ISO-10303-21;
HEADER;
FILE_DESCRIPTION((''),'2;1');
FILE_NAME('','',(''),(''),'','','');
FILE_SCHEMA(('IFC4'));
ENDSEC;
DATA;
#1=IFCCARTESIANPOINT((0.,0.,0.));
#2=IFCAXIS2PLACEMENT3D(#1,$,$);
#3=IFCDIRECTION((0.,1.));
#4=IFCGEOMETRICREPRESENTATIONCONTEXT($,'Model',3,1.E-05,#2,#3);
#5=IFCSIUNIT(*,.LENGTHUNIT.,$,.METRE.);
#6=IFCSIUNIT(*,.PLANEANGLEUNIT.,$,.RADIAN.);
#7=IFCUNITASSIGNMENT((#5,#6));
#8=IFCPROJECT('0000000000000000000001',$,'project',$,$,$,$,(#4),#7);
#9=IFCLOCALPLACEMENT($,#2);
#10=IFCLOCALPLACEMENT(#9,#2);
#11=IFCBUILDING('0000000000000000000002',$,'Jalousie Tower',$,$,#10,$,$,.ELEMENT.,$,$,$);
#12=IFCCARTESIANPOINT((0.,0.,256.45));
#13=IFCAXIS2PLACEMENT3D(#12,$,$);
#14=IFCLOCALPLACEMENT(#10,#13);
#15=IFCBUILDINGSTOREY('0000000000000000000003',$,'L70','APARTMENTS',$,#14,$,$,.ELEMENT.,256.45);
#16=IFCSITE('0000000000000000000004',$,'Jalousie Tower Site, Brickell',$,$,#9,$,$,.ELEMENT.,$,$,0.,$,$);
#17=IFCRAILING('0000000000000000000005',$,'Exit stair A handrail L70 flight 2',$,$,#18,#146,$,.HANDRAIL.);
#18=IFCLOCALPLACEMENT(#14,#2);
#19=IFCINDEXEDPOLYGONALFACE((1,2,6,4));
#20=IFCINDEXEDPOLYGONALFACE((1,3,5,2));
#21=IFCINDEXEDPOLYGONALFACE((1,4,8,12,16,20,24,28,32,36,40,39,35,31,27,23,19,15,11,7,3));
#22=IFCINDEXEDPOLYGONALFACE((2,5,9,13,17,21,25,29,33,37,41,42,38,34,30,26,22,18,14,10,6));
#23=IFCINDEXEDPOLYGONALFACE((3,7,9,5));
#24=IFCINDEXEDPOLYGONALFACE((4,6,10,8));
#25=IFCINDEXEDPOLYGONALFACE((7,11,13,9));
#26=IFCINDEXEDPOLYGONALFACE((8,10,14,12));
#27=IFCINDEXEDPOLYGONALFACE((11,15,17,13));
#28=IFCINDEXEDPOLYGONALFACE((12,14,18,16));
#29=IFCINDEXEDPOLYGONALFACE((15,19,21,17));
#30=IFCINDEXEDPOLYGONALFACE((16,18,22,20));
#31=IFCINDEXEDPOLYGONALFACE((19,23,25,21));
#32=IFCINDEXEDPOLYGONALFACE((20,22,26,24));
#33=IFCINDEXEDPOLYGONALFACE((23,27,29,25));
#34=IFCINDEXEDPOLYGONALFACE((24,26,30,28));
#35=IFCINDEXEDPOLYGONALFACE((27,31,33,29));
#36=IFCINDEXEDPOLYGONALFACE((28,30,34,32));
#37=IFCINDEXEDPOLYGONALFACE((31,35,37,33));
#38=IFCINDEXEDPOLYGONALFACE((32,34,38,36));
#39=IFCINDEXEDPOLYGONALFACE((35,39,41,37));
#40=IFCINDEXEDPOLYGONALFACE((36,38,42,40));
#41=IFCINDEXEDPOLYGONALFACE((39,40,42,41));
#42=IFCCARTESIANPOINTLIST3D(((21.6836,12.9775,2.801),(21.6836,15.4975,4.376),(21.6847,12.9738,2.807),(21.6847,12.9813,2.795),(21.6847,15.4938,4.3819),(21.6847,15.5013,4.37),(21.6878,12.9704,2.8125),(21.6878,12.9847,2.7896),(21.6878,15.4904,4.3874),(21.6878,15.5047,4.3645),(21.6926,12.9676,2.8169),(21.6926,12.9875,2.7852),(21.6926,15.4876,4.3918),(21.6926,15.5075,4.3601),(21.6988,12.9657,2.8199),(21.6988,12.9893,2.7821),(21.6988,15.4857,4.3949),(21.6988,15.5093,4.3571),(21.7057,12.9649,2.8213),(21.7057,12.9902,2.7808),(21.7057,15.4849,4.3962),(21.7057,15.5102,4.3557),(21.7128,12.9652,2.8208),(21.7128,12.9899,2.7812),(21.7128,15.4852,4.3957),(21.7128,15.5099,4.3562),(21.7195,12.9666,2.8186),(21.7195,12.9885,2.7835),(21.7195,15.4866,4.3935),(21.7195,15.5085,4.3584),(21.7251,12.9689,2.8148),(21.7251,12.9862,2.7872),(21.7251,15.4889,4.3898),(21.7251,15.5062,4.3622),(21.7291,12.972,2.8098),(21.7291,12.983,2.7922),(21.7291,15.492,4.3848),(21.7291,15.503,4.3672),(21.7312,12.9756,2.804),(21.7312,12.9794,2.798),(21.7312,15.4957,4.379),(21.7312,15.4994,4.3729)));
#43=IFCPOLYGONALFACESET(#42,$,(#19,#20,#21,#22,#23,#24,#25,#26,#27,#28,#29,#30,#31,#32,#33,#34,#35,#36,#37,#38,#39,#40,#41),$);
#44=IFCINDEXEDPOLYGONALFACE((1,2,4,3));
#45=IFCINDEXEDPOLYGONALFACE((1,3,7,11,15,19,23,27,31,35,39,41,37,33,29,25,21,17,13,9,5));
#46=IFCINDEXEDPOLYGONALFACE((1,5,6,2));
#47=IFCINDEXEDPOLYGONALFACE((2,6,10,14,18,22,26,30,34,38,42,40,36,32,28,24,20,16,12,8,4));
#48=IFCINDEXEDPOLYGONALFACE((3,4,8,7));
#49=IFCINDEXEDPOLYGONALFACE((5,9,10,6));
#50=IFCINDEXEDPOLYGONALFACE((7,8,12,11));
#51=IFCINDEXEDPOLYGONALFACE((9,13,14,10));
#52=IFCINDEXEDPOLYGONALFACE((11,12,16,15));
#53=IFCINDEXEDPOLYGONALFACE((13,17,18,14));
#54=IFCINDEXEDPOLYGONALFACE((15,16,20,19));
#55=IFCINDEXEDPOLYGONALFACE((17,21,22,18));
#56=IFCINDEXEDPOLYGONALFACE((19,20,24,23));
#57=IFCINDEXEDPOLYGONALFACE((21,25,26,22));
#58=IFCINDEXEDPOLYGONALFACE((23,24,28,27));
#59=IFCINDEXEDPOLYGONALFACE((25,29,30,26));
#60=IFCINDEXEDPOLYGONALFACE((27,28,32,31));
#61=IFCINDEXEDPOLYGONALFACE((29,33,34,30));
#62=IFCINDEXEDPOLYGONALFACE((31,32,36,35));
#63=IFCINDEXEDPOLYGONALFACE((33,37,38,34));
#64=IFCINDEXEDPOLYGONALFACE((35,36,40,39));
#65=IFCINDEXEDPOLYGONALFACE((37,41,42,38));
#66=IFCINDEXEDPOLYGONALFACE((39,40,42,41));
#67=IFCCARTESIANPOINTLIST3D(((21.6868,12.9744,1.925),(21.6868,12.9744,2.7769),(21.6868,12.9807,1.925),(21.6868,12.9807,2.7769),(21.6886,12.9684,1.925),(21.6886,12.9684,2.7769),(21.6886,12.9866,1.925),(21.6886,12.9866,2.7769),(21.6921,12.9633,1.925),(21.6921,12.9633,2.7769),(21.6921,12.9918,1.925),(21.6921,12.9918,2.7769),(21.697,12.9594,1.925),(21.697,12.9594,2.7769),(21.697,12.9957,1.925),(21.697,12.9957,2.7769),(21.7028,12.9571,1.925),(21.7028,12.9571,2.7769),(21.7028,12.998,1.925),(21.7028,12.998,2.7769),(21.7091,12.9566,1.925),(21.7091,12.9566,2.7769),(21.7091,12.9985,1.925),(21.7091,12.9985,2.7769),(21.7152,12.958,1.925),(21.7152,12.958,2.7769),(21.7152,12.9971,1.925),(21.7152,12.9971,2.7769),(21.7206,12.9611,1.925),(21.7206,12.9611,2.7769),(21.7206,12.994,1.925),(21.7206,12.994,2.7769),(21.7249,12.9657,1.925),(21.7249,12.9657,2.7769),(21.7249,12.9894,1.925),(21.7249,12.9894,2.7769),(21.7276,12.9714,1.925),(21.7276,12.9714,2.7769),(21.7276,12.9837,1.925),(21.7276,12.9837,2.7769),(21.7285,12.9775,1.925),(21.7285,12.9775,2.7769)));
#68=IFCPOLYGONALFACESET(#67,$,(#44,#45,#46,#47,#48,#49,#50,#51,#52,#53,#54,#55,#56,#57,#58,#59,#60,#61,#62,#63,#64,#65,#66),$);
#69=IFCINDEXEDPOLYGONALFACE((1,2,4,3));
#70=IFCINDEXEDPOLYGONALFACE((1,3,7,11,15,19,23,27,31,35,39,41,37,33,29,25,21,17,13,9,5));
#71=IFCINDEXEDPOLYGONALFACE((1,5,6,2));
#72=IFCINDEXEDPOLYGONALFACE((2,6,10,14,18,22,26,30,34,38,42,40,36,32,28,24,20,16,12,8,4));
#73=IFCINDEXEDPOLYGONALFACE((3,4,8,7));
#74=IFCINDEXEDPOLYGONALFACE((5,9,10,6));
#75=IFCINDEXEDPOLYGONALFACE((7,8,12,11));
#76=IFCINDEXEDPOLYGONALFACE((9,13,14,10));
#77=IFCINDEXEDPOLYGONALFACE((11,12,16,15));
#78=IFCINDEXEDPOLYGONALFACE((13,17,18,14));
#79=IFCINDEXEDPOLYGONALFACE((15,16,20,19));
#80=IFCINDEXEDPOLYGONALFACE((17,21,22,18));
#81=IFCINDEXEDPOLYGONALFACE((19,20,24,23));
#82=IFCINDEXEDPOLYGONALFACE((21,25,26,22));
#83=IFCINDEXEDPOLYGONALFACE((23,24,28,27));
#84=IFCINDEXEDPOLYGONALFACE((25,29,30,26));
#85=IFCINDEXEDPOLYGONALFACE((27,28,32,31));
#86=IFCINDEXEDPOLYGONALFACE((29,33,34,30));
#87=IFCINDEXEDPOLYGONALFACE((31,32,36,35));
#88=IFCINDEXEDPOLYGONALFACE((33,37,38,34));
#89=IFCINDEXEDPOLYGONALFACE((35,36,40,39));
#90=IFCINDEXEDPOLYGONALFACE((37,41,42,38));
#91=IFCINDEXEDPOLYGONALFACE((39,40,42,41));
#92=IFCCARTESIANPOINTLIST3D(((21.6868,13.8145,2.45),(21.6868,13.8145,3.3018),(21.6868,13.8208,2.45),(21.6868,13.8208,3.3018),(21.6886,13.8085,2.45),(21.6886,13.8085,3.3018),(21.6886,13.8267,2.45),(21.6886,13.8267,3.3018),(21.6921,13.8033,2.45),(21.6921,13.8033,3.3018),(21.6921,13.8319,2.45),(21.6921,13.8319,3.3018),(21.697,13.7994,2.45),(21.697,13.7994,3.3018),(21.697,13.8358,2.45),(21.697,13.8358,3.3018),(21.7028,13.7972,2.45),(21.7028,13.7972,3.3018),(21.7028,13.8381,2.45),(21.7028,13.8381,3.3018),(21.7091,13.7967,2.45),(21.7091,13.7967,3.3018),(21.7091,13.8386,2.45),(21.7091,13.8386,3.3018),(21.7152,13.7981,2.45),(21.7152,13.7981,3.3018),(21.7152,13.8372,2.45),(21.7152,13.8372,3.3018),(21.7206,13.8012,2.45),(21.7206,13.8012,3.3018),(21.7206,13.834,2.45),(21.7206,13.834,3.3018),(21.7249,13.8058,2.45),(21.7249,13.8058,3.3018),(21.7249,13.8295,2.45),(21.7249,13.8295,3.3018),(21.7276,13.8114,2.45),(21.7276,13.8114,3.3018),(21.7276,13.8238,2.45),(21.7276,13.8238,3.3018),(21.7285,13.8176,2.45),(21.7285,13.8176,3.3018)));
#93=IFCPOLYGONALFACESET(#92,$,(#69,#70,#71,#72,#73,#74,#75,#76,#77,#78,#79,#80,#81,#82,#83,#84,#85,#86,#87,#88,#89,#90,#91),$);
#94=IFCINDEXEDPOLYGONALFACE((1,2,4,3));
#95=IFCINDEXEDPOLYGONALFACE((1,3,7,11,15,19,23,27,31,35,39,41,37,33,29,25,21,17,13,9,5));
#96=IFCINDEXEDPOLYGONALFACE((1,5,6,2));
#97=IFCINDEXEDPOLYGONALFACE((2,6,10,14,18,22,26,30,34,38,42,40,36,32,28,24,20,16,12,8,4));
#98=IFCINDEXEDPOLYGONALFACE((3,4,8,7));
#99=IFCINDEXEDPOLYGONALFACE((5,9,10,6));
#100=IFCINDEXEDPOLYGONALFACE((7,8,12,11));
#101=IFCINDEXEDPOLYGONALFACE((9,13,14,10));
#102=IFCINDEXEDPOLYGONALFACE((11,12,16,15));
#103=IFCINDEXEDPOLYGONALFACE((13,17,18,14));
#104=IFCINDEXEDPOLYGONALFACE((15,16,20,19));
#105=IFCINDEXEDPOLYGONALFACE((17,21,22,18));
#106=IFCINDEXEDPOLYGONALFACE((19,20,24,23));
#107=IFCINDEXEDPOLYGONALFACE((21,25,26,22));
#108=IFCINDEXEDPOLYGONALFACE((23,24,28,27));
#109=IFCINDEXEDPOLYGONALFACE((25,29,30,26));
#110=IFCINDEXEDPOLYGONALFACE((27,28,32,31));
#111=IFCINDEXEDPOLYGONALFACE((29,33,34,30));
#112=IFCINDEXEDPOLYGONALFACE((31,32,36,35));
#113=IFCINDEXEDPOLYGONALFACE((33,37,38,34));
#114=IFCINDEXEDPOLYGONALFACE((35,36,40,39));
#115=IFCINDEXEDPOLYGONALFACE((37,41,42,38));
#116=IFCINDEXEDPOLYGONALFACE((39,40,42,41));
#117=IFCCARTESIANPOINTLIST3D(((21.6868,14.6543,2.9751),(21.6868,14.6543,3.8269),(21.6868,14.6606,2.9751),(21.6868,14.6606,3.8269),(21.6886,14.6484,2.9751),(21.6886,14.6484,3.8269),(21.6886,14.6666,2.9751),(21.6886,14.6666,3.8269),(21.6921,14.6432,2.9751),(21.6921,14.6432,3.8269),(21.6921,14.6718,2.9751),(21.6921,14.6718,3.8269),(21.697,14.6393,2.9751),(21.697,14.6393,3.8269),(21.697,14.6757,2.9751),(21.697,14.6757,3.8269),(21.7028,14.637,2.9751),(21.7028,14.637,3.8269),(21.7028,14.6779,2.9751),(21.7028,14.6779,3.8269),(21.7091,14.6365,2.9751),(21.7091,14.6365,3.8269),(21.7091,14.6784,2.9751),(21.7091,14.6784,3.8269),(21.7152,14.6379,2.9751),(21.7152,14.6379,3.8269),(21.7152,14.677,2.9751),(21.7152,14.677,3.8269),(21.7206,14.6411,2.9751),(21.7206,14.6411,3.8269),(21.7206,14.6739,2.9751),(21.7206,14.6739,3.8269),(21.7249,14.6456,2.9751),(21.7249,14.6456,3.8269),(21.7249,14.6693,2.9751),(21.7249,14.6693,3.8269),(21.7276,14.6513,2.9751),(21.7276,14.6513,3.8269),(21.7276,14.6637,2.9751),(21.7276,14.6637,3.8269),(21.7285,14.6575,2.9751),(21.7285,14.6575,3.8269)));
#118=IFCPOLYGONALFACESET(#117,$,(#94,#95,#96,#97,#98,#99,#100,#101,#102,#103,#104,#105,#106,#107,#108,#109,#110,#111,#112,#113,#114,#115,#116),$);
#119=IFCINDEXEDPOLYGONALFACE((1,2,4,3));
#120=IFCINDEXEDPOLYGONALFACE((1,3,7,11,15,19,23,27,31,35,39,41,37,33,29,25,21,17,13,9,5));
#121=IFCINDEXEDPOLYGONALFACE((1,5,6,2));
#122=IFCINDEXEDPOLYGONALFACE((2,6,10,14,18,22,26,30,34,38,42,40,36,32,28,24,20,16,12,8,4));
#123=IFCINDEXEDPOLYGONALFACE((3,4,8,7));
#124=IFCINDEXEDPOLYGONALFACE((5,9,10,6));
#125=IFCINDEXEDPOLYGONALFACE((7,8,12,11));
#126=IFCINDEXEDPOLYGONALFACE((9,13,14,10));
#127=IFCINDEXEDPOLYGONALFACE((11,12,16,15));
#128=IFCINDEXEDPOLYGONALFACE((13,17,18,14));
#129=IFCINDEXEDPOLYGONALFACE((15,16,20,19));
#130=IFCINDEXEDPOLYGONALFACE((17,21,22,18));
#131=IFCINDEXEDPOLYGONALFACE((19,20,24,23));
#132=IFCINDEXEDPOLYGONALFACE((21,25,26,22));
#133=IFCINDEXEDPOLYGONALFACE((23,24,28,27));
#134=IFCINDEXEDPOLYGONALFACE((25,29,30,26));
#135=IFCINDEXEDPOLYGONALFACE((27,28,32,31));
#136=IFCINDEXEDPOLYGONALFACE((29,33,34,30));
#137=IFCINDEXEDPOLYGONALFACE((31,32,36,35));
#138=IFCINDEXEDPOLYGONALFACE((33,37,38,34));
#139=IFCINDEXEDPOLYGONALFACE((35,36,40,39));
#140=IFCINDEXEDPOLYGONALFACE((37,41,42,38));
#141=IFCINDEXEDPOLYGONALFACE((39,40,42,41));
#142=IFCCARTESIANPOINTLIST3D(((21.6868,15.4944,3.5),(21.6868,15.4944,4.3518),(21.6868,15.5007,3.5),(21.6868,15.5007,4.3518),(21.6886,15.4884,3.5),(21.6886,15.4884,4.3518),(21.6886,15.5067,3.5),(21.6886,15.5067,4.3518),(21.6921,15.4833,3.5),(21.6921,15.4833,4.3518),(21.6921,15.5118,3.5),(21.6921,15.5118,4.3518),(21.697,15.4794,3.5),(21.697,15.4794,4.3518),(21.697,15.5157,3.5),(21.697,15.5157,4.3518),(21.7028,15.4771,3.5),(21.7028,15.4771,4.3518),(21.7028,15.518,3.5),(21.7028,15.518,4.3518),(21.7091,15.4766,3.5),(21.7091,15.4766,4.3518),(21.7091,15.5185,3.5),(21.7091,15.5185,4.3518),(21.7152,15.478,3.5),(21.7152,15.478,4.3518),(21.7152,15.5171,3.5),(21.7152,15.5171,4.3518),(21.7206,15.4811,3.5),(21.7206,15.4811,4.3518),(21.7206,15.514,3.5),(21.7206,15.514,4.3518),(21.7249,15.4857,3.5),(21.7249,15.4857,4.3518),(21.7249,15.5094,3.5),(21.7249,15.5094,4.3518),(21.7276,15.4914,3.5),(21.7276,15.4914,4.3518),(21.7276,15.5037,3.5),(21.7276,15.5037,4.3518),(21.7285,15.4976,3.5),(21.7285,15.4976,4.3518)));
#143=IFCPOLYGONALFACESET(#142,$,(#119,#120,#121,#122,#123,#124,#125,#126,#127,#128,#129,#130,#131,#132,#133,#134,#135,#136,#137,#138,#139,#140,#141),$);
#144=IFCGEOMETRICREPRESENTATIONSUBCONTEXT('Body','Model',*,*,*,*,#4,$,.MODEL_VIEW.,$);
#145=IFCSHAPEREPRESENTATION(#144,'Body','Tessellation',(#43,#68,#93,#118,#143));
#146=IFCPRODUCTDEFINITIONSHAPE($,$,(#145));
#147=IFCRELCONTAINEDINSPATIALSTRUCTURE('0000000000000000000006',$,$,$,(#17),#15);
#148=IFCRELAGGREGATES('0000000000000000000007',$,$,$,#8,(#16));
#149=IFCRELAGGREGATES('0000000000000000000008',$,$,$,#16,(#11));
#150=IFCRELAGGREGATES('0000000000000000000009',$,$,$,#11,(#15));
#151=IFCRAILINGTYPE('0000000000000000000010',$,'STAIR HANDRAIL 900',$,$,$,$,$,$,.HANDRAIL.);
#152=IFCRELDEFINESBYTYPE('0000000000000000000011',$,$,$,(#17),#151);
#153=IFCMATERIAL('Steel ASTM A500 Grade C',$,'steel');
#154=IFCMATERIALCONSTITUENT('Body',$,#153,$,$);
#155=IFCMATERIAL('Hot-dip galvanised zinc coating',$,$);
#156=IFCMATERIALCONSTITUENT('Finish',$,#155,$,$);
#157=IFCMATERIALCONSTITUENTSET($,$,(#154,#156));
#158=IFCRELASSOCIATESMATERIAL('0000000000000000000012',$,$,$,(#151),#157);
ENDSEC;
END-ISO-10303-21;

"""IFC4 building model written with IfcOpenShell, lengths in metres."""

from ifc_helpers import new_model, si_unit, direction, frame, origin, origin_2d, place, context, subcontext, project, spatial, circle, extrude, material, constituent, constituent_set, type_object, element, save


model = new_model("IFC4")

# Units and contexts
model_context = context("Model", 3, precision=1e-05, world=origin(), true_north=direction((0.0, 1.0)))
body_context = subcontext(model_context, "Body", "Model", "MODEL_VIEW")
ifc_project = project(units=[si_unit("LENGTHUNIT", "METRE"), si_unit("PLANEANGLEUNIT", "RADIAN")], contexts=[model_context])

# Site, building, storey
site_placement = place(None, origin())
site = spatial("IfcSite", under=ifc_project, at=site_placement, Name="Jalousie Tower Site, Brickell", CompositionType="ELEMENT", RefElevation=0.0)
building_placement = place(site_placement, origin())
building = spatial("IfcBuilding", under=site, at=building_placement, Name="Jalousie Tower", CompositionType="ELEMENT")
storey_placement = place(building_placement, frame((0.0, 0.0, 256.45)))
storey = spatial("IfcBuildingStorey", under=building, at=storey_placement, Name="L70", Description="APARTMENTS", CompositionType="ELEMENT", Elevation=256.45)

# Railing
ifc_material_1 = material(Name="Steel ASTM A500 Grade C", Category="steel")
ifc_constituent_1 = constituent(ifc_material_1, Name="Body")
ifc_material_2 = material(Name="Hot-dip galvanised zinc coating")
ifc_constituent_2 = constituent(ifc_material_2, Name="Finish")
ifc_constituent_set_1 = constituent_set(constituents=[ifc_constituent_1, ifc_constituent_2])
railing_type_1 = type_object("IfcRailingType", Name="STAIR HANDRAIL 900", PredefinedType="HANDRAIL", material=ifc_constituent_set_1)
railing_1_placement = place(storey_placement, frame((21.7075, 12.9775, 1.925)))
element("IfcRailing", 1, at=railing_1_placement, inside=storey, type_object=railing_type_1, Name="Exit stair A handrail L70 flight 2", PredefinedType="HANDRAIL", context=body_context, shape_type="SweptSolid", body=[
    extrude(circle(Radius=0.0239, at=origin_2d()), frame((0.0, 0.0, 0.876), z_axis=(0.0, 0.848008, 0.529984), x_axis=(-1.0, 0.0, 0.0)), (0.0, 0.0, 1.0), 2.9717),
    extrude(circle(Radius=0.021, at=origin_2d()), origin(), (0.0, 0.0, 1.0), 0.8518),
    extrude(circle(Radius=0.021, at=origin_2d()), frame((0.0, 0.8401, 0.5249)), (0.0, 0.0, 1.0), 0.8518),
    extrude(circle(Radius=0.021, at=origin_2d()), frame((0.0, 1.6799, 1.05)), (0.0, 0.0, 1.0), 0.8518),
    extrude(circle(Radius=0.021, at=origin_2d()), frame((0.0, 2.52, 1.575)), (0.0, 0.0, 1.0), 0.8518),
])

save(model, "model.ifc")
